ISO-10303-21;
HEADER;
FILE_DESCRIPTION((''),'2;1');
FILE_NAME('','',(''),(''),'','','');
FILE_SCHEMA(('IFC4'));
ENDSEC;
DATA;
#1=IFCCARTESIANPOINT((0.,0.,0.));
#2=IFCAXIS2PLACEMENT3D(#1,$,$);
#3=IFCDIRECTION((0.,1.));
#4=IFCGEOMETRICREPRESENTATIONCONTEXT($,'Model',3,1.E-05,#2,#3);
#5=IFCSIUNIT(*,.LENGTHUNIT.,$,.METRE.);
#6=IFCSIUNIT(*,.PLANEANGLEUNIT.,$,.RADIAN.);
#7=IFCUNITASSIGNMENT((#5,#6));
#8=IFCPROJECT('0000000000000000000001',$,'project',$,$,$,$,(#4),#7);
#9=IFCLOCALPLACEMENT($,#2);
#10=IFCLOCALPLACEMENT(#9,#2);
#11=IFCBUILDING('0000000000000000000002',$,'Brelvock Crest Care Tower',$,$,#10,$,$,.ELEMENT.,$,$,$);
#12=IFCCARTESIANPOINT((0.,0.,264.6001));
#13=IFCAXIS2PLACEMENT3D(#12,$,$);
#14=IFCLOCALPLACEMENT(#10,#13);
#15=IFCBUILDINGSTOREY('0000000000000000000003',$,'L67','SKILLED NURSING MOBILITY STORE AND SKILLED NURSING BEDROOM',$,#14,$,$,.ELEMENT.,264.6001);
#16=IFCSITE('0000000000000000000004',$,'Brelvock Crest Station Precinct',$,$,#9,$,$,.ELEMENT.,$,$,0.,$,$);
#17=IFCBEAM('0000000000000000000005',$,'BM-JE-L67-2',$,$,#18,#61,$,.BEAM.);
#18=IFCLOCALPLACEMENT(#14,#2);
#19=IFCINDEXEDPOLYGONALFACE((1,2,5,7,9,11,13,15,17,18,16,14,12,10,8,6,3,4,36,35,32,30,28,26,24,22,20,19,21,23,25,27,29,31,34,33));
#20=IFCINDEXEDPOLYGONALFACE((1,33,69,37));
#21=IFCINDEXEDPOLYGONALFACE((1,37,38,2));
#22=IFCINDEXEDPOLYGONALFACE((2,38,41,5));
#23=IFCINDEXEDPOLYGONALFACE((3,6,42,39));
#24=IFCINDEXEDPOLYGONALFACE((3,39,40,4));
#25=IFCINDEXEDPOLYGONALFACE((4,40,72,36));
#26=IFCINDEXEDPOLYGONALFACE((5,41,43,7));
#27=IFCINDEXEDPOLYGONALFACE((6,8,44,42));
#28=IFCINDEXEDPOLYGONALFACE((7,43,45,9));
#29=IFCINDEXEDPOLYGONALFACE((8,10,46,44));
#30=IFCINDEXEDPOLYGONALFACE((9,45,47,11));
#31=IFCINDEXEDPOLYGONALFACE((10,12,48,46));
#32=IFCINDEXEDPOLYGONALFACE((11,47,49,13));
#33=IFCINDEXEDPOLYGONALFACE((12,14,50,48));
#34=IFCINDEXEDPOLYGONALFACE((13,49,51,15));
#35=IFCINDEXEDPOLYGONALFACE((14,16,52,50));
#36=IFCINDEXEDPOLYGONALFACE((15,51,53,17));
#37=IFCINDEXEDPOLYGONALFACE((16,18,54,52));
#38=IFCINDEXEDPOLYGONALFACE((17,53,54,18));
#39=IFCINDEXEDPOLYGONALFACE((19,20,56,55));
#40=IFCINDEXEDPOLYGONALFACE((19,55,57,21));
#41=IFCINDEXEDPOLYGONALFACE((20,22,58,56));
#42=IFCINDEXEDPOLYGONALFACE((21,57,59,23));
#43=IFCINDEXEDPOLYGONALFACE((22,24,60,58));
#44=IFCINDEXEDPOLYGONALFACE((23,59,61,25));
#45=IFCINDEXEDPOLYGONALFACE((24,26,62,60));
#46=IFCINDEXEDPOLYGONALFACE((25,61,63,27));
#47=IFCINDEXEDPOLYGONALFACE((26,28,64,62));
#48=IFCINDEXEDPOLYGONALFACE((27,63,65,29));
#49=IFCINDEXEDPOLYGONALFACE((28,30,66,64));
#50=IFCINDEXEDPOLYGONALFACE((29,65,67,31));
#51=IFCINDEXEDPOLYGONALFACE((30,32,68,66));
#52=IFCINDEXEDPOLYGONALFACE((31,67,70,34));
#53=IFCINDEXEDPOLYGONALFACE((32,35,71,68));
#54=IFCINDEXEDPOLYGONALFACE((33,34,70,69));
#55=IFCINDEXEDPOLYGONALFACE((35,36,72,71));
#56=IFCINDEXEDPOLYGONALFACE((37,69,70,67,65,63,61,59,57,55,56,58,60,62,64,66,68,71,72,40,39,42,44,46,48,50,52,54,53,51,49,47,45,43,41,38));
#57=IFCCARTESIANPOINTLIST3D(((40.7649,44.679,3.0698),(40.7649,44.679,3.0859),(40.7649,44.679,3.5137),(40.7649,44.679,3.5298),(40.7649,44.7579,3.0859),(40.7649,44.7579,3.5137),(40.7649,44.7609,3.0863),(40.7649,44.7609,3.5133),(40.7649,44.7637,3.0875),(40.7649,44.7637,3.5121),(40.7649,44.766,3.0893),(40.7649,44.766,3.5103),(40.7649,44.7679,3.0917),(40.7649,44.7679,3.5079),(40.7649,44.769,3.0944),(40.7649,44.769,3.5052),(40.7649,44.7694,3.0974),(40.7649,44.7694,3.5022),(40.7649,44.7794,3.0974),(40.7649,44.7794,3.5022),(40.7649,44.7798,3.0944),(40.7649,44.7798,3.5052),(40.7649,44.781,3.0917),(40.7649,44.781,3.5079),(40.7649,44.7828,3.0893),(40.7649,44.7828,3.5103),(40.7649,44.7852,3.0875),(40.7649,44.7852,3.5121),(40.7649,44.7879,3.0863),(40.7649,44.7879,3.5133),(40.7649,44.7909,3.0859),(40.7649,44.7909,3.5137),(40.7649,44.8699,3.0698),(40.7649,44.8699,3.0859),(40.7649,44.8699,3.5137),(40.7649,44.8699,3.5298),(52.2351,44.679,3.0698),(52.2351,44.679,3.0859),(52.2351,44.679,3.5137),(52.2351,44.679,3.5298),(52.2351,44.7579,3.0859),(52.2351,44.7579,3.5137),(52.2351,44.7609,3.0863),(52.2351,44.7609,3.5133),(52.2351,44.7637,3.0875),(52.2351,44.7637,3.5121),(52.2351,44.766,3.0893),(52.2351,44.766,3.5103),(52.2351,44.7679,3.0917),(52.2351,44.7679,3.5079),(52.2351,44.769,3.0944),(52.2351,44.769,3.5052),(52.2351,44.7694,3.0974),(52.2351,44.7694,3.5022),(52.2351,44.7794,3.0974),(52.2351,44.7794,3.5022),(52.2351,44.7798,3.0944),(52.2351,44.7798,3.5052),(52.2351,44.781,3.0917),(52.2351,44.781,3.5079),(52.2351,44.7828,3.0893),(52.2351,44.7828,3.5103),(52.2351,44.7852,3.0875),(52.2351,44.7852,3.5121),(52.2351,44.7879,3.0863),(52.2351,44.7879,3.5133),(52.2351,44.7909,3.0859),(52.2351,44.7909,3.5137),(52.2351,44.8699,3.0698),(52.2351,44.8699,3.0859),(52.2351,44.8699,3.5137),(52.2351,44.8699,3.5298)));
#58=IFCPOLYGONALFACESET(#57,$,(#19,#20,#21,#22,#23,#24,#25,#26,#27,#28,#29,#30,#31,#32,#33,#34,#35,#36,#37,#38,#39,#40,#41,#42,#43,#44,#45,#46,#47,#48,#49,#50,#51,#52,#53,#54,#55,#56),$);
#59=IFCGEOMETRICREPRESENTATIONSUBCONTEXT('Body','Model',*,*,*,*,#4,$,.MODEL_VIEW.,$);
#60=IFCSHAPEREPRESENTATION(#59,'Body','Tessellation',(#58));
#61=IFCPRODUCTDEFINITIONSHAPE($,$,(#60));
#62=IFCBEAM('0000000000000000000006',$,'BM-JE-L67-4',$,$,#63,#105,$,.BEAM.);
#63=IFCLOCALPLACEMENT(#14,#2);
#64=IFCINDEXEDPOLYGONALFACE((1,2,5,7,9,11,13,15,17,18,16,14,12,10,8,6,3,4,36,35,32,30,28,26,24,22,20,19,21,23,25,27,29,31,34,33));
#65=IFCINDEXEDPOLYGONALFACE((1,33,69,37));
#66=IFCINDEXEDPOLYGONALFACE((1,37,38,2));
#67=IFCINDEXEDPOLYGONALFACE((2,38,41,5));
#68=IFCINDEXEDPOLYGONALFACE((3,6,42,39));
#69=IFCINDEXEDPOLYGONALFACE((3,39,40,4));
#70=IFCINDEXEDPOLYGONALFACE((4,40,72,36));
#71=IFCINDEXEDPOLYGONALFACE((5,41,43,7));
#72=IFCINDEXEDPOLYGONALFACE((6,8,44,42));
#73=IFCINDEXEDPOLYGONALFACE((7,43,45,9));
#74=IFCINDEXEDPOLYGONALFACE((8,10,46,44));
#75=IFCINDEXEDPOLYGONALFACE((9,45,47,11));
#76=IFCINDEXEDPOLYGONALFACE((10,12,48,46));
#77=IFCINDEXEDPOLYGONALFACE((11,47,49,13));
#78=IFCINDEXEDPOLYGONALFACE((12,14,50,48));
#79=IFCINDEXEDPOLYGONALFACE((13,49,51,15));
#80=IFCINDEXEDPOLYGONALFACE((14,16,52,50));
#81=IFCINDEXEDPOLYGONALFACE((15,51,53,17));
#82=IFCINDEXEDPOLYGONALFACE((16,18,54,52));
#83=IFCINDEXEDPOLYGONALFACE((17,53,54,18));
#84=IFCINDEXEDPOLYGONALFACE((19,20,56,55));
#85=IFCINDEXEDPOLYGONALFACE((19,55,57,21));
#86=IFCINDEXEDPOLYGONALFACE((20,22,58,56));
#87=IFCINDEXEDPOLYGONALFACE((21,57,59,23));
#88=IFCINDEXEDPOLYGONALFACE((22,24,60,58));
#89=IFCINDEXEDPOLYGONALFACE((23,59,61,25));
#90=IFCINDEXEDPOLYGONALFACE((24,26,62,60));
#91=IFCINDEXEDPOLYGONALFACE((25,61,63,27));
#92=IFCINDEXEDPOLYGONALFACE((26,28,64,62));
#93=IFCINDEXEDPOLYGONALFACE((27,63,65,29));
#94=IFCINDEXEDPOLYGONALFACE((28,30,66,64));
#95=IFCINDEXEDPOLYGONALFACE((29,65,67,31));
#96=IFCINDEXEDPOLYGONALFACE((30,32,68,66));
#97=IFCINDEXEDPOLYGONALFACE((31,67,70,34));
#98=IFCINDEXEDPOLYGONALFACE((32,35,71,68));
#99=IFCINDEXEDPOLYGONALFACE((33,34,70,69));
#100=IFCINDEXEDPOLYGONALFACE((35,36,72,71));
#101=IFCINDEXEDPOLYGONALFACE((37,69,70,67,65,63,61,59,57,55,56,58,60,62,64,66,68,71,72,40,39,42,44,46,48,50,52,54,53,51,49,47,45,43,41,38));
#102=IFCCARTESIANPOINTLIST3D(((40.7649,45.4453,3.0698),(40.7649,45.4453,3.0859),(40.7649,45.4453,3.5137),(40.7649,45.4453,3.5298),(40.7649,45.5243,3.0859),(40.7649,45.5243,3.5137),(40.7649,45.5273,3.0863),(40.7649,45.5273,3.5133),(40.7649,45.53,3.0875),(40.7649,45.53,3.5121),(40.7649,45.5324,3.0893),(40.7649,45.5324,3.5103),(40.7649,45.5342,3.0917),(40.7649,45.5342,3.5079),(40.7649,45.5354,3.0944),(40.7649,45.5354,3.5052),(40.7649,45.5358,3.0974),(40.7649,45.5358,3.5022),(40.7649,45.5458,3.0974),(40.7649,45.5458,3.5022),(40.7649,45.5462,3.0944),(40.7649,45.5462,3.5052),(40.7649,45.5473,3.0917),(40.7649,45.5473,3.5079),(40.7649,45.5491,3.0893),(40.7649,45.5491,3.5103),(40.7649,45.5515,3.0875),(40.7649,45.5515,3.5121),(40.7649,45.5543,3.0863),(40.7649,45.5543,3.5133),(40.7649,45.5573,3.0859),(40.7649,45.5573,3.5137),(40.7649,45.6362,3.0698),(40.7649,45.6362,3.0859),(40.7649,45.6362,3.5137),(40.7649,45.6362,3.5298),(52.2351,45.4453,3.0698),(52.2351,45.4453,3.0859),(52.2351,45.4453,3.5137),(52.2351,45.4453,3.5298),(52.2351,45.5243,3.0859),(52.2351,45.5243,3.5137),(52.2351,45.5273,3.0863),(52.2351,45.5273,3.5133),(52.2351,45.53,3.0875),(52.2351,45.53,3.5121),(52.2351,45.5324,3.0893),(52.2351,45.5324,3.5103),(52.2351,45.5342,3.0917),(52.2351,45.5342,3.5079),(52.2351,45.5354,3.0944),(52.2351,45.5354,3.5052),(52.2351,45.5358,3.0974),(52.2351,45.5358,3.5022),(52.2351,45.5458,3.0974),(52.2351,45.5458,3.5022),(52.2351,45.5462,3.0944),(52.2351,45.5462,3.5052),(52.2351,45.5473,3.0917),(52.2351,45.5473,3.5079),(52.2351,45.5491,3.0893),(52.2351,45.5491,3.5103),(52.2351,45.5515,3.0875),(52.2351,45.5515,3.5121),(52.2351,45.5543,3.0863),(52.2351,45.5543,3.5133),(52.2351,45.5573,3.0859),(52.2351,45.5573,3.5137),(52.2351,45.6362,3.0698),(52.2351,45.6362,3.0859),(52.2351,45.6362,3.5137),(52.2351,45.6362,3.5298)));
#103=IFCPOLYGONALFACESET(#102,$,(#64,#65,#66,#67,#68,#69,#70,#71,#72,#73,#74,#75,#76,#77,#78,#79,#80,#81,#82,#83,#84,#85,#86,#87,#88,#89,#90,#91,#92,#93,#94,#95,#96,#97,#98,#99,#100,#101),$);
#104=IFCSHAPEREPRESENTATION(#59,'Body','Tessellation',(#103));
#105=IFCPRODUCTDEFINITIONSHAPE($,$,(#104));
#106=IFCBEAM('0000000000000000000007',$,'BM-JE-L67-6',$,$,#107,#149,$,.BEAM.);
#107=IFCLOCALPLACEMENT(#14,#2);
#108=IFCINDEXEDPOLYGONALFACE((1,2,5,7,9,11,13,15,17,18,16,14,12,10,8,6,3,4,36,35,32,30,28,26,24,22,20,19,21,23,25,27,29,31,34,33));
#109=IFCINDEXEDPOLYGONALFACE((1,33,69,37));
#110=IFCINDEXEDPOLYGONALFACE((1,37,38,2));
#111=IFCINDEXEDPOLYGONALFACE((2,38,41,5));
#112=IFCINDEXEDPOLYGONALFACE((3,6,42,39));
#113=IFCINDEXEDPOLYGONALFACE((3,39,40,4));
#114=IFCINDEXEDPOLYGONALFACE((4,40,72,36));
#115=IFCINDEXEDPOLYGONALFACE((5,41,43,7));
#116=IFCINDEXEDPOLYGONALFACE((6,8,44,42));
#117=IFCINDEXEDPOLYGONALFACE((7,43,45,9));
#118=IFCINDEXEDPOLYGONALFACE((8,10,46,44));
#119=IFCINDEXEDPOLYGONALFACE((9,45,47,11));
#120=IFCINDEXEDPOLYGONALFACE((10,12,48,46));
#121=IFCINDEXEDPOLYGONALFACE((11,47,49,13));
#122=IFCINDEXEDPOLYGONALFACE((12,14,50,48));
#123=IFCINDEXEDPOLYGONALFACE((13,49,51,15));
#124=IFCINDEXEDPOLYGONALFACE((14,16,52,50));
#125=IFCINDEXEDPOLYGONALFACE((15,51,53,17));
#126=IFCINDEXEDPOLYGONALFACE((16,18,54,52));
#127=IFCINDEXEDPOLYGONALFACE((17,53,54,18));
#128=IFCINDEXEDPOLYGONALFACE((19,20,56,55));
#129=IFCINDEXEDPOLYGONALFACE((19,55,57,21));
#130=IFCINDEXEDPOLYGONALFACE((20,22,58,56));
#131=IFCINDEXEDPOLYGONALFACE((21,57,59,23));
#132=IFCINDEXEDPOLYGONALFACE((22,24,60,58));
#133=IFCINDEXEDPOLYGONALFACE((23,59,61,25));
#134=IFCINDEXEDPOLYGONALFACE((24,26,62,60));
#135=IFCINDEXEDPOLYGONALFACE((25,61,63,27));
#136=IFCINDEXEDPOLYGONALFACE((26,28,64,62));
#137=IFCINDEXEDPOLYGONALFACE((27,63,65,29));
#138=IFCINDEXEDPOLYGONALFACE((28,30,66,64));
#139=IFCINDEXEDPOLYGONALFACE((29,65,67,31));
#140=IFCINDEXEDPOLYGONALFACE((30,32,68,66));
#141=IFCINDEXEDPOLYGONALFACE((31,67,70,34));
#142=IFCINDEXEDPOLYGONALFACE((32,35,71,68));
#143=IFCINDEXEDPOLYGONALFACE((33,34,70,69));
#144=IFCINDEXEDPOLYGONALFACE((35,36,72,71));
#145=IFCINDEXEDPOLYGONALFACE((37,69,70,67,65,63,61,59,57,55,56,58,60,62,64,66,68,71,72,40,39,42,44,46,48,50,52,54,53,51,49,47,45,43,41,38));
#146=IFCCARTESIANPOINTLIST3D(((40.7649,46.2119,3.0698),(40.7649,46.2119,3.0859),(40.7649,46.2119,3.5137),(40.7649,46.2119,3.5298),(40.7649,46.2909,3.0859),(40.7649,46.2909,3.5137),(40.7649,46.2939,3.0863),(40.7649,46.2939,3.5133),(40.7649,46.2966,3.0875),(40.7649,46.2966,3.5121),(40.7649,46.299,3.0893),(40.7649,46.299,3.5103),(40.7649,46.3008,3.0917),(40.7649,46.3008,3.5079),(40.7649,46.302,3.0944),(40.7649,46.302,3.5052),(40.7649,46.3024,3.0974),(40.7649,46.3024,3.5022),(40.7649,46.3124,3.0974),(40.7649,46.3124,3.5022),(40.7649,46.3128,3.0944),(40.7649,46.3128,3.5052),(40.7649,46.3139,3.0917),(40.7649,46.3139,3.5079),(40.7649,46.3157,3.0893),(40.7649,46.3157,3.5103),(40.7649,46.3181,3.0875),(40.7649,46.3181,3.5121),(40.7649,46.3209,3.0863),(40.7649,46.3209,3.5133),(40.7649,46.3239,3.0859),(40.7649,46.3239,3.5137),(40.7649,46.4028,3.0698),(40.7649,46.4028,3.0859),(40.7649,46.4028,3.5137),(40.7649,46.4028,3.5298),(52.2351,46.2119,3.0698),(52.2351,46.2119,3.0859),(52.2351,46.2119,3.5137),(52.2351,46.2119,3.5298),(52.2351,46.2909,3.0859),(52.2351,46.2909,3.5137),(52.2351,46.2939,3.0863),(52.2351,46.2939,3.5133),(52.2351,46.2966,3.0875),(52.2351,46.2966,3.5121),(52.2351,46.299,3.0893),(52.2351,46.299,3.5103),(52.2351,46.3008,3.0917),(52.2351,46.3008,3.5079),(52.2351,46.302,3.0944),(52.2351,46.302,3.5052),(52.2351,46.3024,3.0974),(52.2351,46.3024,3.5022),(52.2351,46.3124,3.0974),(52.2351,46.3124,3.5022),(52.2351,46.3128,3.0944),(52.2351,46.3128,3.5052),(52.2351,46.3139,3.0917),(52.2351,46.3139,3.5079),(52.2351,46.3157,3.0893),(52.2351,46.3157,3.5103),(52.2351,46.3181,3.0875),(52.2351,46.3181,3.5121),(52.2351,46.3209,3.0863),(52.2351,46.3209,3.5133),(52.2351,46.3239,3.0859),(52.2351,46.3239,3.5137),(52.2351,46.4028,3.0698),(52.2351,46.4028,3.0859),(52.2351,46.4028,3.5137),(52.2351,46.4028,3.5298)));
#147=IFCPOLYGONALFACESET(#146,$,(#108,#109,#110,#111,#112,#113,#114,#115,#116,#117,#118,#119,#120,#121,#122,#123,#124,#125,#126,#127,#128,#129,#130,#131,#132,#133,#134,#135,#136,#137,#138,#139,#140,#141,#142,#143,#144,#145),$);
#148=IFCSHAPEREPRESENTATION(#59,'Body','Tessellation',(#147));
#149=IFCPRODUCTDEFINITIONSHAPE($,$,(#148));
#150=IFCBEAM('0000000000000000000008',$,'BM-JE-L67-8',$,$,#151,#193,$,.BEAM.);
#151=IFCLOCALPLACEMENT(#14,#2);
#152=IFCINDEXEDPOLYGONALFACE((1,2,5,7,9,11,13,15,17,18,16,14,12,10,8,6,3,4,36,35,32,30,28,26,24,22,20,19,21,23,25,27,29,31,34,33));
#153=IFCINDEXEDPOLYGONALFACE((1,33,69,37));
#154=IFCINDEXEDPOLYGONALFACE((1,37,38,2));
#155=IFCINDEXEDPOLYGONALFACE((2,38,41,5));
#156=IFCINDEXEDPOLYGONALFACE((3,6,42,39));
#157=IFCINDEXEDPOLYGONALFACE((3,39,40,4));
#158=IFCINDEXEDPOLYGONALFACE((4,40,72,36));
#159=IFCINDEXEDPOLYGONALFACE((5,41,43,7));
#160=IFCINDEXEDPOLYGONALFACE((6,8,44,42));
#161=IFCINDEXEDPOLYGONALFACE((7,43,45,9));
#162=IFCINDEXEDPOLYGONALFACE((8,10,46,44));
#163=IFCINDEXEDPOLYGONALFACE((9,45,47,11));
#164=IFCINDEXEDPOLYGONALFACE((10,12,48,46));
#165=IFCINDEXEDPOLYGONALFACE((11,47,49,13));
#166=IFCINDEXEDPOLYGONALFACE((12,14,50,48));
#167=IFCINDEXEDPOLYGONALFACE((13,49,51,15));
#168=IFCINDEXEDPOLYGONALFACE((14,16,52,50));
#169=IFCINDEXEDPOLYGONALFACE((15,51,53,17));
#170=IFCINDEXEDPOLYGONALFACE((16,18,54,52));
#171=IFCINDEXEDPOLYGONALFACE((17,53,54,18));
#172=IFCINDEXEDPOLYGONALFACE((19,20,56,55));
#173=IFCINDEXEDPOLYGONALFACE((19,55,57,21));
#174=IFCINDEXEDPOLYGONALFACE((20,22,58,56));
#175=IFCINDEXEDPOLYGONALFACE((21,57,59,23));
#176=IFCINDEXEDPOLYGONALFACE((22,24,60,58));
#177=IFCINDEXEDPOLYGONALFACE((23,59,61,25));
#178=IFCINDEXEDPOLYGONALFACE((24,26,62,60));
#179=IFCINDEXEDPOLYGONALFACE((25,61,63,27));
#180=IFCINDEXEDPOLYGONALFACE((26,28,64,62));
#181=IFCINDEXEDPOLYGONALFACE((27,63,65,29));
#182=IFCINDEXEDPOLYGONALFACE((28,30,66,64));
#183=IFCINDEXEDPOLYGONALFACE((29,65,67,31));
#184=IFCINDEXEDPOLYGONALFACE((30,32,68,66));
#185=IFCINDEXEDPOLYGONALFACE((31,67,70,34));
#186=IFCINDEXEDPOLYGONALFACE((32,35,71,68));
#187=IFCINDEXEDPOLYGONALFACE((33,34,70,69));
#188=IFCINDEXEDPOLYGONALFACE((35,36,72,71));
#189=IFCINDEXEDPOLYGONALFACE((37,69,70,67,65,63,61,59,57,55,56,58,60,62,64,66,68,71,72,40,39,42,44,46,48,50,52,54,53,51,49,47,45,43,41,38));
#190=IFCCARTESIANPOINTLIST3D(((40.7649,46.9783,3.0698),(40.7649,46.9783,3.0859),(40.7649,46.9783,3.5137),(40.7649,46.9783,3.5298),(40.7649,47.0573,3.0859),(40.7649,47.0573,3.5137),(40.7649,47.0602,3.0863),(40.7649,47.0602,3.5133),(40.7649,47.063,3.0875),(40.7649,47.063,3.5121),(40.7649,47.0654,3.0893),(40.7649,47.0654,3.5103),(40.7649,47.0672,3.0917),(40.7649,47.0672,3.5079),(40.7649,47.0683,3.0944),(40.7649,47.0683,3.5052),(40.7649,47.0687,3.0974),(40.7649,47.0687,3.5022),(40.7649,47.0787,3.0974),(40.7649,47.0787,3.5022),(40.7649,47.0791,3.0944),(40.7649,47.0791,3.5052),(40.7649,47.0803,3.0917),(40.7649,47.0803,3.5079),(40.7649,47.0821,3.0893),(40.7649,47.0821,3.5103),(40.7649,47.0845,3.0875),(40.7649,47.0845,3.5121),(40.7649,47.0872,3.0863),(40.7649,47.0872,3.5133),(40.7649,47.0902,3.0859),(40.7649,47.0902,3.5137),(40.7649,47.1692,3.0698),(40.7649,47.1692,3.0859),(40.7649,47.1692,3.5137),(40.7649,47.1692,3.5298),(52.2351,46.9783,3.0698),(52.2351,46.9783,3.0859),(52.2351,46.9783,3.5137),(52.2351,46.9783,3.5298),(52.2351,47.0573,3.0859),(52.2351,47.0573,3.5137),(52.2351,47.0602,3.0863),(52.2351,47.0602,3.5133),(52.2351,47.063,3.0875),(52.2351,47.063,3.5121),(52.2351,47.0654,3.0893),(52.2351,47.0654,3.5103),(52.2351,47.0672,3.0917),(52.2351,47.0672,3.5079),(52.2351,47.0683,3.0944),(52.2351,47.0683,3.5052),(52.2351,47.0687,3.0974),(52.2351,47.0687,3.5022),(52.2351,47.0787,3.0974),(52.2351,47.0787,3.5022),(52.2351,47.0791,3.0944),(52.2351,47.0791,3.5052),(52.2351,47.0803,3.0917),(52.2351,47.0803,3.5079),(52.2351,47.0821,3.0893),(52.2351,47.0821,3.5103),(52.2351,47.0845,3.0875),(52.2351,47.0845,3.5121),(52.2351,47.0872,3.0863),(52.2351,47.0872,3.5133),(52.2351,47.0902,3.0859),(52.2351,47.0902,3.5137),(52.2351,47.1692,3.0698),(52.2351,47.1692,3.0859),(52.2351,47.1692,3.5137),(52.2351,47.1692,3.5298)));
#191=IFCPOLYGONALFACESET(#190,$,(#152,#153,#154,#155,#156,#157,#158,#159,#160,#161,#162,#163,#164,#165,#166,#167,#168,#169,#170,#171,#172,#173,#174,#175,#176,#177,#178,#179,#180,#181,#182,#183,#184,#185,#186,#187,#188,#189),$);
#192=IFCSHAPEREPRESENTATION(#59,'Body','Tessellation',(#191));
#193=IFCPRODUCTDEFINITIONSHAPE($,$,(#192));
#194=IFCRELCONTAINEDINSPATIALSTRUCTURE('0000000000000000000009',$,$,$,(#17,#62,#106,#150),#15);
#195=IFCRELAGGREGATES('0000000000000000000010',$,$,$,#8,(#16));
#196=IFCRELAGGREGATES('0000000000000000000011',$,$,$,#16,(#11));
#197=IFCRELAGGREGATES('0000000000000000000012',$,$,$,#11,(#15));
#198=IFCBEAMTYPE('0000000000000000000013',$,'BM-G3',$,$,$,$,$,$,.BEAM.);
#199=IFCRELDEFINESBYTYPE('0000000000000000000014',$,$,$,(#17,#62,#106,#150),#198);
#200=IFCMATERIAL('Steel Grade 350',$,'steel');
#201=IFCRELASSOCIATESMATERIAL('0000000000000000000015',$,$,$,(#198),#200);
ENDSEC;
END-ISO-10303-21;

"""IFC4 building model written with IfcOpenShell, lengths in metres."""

from ifc_helpers import new_model, si_unit, direction, frame, origin, origin_2d, place, context, subcontext, project, spatial, i_section, extrude, source, transform, mapped, material, material_profile, profile_set, type_object, element, save


model = new_model("IFC4")

# Units and contexts
model_context = context("Model", 3, precision=1e-05, world=origin(), true_north=direction((0.0, 1.0)))
body_context = subcontext(model_context, "Body", "Model", "MODEL_VIEW")
ifc_project = project(units=[si_unit("LENGTHUNIT", "METRE"), si_unit("PLANEANGLEUNIT", "RADIAN")], contexts=[model_context])

# Site, building, storey
site_placement = place(None, origin())
site = spatial("IfcSite", under=ifc_project, at=site_placement, Name="Brelvock Crest Station Precinct", CompositionType="ELEMENT", RefElevation=0.0)
building_placement = place(site_placement, origin())
building = spatial("IfcBuilding", under=site, at=building_placement, Name="Brelvock Crest Care Tower", CompositionType="ELEMENT")
storey_placement = place(building_placement, frame((0.0, 0.0, 264.6001)))
storey = spatial("IfcBuildingStorey", under=building, at=storey_placement, Name="L67", Description="SKILLED NURSING MOBILITY STORE AND SKILLED NURSING BEDROOM", CompositionType="ELEMENT", Elevation=264.6001)

# Beams
ifc_material_1 = material(Name="Steel Grade 350", Category="steel")
ifc_material_profile_1 = material_profile(ifc_material_1, i_section(OverallWidth=0.1909, OverallDepth=0.46, WebThickness=0.01, FlangeThickness=0.0161, FilletRadius=0.0115, at=origin_2d()), Name="460UB82.1")
ifc_profile_set_1 = profile_set([ifc_material_profile_1], Name="Steel Grade 350")
beam_type_1 = type_object("IfcBeamType", Name="BM-G3", PredefinedType="BEAM", material=ifc_profile_set_1)
shared_shape_1 = source(origin(), body_context, "Body", "SweptSolid", [
    extrude(i_section(OverallWidth=0.1909, OverallDepth=0.46, WebThickness=0.01, FlangeThickness=0.0161, FilletRadius=0.0115, at=origin_2d()), origin(), (0.0, 0.0, 1.0), 11.4702),
])
for number, where, z_axis, x_axis, name in (
    (1, (40.7649, 44.7744, 3.2998), (1.0, 0.0, 0.0), (0.0, 1.0, 0.0), "BM-JE-L67-2"),
    (2, (40.7649, 45.5408, 3.2998), (1.0, 0.0, 0.0), (0.0, 1.0, 0.0), "BM-JE-L67-4"),
    (3, (40.7649, 46.3074, 3.2998), (1.0, 0.0, 0.0), (0.0, 1.0, 0.0), "BM-JE-L67-6"),
    (4, (40.7649, 47.0737, 3.2998), (1.0, 0.0, 0.0), (0.0, 1.0, 0.0), "BM-JE-L67-8"),
):
    element("IfcBeam", number, at=place(storey_placement, frame(where, z_axis=z_axis, x_axis=x_axis)), inside=storey, type_object=beam_type_1, Name=name, PredefinedType="BEAM", context=body_context, shape_type="MappedRepresentation", body=[
        mapped(shared_shape_1, transform((0.0, 0.0, 0.0), x_axis=(1.0, 0.0, 0.0), y_axis=(0.0, 1.0, 0.0), z_axis=(0.0, 0.0, 1.0), scale=1.0)),
    ])

save(model, "model.ifc")
